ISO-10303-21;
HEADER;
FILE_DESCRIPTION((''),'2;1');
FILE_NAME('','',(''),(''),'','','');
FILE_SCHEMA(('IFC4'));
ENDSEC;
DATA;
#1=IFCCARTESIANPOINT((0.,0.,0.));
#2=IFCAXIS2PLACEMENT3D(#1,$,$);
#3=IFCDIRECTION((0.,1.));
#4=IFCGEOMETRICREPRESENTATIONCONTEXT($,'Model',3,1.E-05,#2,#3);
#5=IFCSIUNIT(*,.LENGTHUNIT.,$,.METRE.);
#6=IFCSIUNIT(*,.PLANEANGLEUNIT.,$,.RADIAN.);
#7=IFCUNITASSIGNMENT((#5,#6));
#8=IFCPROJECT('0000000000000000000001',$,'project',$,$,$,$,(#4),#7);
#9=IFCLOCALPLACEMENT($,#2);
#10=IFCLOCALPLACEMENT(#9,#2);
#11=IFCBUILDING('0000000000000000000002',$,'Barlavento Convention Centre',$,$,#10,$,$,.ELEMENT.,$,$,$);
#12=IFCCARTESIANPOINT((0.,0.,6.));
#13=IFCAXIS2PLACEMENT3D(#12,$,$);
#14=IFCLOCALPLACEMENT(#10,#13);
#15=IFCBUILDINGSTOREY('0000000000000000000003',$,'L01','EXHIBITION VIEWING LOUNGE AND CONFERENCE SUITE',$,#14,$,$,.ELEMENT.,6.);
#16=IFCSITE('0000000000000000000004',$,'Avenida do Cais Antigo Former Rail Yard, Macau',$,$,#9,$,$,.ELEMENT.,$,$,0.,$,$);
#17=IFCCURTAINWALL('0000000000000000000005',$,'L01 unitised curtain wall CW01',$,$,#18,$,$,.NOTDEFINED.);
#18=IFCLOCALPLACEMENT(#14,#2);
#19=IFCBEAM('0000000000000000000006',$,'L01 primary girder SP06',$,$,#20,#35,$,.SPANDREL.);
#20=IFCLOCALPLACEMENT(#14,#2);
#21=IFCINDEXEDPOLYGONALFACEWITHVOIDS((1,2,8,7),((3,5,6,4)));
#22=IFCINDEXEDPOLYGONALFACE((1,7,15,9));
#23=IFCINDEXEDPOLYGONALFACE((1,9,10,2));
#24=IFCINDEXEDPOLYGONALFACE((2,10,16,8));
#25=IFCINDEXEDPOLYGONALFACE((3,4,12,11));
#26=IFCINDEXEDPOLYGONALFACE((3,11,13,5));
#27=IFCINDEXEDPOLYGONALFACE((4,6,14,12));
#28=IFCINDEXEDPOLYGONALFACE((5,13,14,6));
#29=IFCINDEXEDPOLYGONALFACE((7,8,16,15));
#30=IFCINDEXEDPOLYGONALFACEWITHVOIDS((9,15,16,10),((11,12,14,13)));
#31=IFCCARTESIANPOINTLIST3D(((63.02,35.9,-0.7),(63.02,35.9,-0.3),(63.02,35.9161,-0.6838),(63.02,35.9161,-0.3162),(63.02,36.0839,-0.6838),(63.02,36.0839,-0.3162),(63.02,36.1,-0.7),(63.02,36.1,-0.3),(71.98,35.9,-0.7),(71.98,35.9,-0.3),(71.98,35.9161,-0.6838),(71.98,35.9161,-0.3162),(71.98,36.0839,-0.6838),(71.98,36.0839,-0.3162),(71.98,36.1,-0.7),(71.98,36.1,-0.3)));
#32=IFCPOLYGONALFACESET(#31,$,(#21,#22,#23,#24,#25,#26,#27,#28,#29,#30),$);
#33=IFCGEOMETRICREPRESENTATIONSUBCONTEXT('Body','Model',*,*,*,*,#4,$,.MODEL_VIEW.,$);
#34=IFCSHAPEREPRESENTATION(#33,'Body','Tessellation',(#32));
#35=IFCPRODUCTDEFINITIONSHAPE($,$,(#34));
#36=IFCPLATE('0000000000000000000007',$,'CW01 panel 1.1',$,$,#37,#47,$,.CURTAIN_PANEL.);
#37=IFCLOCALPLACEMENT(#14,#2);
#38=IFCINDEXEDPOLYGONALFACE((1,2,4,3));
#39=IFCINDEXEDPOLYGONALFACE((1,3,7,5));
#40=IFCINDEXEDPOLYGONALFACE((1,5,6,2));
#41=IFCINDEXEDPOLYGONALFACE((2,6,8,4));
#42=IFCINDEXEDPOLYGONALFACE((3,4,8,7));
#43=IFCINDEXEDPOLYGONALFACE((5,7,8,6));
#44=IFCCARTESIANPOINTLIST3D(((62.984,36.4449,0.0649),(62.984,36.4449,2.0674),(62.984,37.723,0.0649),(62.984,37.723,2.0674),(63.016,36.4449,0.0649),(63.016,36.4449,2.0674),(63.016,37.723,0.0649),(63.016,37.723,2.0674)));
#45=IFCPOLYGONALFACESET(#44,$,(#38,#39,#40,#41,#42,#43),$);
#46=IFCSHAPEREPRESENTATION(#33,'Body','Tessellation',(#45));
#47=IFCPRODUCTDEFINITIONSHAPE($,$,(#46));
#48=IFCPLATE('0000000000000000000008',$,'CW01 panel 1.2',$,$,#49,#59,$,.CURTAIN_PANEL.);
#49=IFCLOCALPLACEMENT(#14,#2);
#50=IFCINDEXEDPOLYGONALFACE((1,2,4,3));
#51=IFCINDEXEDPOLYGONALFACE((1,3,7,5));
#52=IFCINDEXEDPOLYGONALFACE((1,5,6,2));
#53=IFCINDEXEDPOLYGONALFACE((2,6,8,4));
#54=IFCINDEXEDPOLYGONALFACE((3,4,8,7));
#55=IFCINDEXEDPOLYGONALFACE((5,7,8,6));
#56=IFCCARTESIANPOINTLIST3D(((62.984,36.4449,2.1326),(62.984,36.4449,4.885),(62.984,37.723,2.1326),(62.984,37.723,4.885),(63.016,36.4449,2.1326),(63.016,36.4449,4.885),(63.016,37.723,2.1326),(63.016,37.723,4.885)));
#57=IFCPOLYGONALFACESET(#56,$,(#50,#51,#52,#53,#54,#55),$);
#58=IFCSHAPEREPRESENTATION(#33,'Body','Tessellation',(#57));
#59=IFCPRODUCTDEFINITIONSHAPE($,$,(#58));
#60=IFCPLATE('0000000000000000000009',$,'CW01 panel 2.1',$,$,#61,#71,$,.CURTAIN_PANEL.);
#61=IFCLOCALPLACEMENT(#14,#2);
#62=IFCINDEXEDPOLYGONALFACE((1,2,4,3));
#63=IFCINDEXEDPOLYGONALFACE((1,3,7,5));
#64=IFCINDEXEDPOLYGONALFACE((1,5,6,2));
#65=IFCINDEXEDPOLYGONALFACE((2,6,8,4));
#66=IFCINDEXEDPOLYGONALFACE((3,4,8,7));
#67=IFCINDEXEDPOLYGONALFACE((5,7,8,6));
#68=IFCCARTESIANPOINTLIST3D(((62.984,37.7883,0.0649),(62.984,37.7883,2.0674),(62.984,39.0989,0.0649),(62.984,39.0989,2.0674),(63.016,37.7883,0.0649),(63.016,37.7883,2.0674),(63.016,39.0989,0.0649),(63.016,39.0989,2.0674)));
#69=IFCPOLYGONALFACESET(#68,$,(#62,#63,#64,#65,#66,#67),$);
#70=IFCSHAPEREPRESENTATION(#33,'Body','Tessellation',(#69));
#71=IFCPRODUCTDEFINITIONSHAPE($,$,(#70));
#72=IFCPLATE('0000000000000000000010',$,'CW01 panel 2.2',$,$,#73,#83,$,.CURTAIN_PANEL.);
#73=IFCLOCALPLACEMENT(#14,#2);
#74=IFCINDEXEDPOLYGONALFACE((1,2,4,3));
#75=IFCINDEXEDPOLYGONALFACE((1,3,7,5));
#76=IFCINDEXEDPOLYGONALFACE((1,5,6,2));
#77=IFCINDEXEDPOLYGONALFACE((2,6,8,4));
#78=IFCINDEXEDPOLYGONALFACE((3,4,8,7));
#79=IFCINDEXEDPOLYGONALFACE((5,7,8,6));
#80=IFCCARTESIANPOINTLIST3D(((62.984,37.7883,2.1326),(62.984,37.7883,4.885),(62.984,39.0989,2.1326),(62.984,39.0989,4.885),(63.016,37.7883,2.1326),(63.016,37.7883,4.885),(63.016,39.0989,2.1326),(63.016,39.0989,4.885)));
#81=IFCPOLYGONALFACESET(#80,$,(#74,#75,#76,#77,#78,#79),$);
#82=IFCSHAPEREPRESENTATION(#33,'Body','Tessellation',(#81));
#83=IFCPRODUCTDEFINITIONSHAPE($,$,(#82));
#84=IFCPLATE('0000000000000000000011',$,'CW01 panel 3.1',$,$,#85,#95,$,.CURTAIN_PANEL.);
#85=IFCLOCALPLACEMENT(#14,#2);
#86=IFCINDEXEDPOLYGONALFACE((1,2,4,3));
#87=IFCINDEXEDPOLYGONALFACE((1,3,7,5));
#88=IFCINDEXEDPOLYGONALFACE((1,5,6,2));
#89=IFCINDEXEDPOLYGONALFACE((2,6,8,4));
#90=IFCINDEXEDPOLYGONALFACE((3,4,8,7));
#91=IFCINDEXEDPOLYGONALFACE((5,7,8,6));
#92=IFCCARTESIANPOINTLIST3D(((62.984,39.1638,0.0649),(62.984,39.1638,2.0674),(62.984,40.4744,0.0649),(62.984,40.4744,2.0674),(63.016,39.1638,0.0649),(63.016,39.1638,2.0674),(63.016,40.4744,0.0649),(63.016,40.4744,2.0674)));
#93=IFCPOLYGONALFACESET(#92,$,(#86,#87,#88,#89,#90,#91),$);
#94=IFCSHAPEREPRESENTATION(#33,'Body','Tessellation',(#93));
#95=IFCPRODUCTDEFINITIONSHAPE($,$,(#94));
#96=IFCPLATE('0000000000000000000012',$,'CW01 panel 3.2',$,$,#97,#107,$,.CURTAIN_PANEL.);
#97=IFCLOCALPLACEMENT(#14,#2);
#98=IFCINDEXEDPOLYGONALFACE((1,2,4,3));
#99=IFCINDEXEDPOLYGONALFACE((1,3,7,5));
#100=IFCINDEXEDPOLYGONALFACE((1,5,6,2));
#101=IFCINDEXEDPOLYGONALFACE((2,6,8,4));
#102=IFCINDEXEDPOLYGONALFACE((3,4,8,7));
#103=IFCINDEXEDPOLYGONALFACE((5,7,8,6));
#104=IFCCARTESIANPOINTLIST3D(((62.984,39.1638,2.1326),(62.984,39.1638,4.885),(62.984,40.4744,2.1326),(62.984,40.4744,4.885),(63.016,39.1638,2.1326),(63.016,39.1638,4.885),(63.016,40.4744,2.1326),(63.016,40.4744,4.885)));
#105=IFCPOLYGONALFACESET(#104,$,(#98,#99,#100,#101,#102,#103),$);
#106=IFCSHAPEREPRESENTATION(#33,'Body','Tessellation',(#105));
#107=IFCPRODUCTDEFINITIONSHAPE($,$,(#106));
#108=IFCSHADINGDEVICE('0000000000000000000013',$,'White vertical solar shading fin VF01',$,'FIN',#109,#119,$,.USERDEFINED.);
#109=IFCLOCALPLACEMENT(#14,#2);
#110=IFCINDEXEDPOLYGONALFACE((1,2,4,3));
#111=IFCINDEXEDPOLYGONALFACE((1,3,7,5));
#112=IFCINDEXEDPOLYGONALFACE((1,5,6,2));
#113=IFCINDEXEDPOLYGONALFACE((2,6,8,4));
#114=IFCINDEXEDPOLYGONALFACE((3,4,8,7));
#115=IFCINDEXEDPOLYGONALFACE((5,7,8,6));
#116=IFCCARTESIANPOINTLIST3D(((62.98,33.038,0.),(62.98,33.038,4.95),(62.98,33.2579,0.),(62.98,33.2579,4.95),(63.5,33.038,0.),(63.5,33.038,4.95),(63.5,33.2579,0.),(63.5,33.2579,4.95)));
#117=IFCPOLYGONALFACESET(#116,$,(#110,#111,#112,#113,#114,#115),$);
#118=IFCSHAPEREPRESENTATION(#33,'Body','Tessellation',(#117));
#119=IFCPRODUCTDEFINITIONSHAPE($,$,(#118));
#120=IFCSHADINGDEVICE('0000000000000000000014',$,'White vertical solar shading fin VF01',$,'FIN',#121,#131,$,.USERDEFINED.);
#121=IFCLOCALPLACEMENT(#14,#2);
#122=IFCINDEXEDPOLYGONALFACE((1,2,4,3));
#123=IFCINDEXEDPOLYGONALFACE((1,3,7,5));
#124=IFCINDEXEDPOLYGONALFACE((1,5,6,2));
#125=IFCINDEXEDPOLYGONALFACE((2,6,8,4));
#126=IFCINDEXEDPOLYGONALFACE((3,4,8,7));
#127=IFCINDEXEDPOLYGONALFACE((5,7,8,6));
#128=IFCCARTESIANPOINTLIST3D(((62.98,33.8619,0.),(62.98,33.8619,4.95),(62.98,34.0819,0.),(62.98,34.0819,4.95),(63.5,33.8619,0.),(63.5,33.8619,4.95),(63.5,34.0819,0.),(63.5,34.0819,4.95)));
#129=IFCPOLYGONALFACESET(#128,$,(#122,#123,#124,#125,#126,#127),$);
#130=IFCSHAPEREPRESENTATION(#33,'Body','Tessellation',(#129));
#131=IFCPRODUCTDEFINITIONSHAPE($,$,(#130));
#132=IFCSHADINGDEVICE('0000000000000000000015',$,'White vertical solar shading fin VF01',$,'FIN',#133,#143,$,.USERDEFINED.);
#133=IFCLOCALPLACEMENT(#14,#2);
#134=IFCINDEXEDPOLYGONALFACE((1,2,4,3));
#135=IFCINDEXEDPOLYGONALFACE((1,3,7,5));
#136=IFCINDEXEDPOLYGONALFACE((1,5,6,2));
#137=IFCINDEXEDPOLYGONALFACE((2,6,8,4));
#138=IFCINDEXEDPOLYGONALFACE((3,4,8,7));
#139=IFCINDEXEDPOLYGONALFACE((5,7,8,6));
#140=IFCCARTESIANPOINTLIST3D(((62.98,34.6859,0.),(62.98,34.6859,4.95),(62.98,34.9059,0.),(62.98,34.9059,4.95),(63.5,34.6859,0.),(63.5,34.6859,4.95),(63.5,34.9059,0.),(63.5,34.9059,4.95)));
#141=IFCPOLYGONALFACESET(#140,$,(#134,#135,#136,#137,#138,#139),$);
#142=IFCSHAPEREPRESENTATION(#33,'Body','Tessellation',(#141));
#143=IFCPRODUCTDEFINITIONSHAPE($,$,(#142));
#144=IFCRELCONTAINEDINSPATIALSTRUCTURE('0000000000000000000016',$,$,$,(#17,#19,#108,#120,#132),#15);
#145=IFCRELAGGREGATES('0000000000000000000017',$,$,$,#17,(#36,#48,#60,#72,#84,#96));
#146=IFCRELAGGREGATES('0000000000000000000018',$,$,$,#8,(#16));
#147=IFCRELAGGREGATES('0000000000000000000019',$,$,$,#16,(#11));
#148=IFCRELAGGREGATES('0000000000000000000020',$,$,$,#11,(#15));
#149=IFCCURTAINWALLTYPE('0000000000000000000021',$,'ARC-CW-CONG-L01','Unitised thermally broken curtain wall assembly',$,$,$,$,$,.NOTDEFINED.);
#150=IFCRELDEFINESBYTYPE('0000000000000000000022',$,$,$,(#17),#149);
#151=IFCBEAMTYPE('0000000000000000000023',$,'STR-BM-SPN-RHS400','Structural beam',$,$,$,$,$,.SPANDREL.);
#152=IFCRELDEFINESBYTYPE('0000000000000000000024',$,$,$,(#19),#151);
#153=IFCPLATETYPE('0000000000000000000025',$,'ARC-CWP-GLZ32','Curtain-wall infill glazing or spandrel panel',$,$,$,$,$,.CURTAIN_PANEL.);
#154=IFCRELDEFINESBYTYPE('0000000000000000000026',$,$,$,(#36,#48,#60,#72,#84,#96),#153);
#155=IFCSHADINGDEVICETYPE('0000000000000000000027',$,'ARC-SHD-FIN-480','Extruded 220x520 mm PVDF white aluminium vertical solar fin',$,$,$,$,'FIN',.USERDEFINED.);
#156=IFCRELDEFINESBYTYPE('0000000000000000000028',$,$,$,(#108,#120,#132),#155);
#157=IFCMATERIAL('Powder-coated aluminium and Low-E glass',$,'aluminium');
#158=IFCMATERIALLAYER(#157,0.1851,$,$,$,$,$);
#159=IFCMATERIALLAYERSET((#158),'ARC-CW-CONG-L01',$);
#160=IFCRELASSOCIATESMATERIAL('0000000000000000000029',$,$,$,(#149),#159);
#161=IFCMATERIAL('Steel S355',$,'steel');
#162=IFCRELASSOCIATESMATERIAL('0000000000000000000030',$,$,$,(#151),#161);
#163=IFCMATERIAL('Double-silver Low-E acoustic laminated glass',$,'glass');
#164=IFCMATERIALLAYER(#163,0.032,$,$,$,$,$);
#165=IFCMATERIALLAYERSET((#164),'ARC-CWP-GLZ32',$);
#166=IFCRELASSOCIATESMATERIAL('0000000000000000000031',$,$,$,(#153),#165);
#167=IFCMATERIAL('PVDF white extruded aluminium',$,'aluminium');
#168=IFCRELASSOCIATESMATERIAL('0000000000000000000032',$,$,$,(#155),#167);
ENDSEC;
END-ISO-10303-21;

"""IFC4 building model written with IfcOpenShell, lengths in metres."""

from ifc_helpers import new_model, si_unit, direction, frame, origin, origin_2d, place, context, subcontext, project, spatial, rectangle, hollow_rectangle, extrude, material, layer, layer_set, material_profile, profile_set, type_object, element, aggregate, save


model = new_model("IFC4")

# Units and contexts
model_context = context("Model", 3, precision=1e-05, world=origin(), true_north=direction((0.0, 1.0)))
body_context = subcontext(model_context, "Body", "Model", "MODEL_VIEW")
ifc_project = project(units=[si_unit("LENGTHUNIT", "METRE"), si_unit("PLANEANGLEUNIT", "RADIAN")], contexts=[model_context])

# Site, building, storey
site_placement = place(None, origin())
site = spatial("IfcSite", under=ifc_project, at=site_placement, Name="Avenida do Cais Antigo Former Rail Yard, Macau", CompositionType="ELEMENT", RefElevation=0.0)
building_placement = place(site_placement, origin())
building = spatial("IfcBuilding", under=site, at=building_placement, Name="Barlavento Convention Centre", CompositionType="ELEMENT")
storey_placement = place(building_placement, frame((0.0, 0.0, 6.0)))
storey = spatial("IfcBuildingStorey", under=building, at=storey_placement, Name="L01", Description="EXHIBITION VIEWING LOUNGE AND CONFERENCE SUITE", CompositionType="ELEMENT", Elevation=6.0)

# Curtain wall
ifc_material_1 = material(Name="Powder-coated aluminium and Low-E glass", Category="aluminium")
ifc_layer_1 = layer(ifc_material_1, 0.1851)
ifc_layer_set_1 = layer_set([ifc_layer_1], Name="ARC-CW-CONG-L01")
curtain_wall_type = type_object("IfcCurtainWallType", Name="ARC-CW-CONG-L01", Description="Unitised thermally broken curtain wall assembly", PredefinedType="NOTDEFINED", material=ifc_layer_set_1)
curtain_wall_placement = place(storey_placement, origin())
curtain_wall = element("IfcCurtainWall", 1, at=curtain_wall_placement, inside=storey, type_object=curtain_wall_type, Name="L01 unitised curtain wall CW01", PredefinedType="NOTDEFINED")

# Beam
ifc_material_2 = material(Name="Steel S355", Category="steel")
ifc_material_profile_1 = material_profile(ifc_material_2, hollow_rectangle(XDim=0.2, YDim=0.3999, WallThickness=0.0161, at=origin_2d()), Name="RHS 400x200x16.0")
ifc_profile_set_1 = profile_set([ifc_material_profile_1], Name="Steel S355")
beam_type = type_object("IfcBeamType", Name="STR-BM-SPN-RHS400", Description="Structural beam", PredefinedType="SPANDREL", material=ifc_profile_set_1)
beam_placement = place(storey_placement, frame((63.02, 36.0, -0.5), z_axis=(1.0, 0.0, 0.0), x_axis=(0.0, 1.0, 0.0)))
element("IfcBeam", 2, at=beam_placement, inside=storey, type_object=beam_type, Name="L01 primary girder SP06", PredefinedType="SPANDREL", context=body_context, shape_type="SweptSolid", body=[
    extrude(hollow_rectangle(XDim=0.2, YDim=0.3999, WallThickness=0.0161, at=origin_2d()), origin(), (0.0, 0.0, 1.0), 8.96),
])

# Plates
ifc_material_3 = material(Name="Double-silver Low-E acoustic laminated glass", Category="glass")
ifc_layer_2 = layer(ifc_material_3, 0.032)
ifc_layer_set_2 = layer_set([ifc_layer_2], Name="ARC-CWP-GLZ32")
plate_type = type_object("IfcPlateType", Name="ARC-CWP-GLZ32", Description="Curtain-wall infill glazing or spandrel panel", PredefinedType="CURTAIN_PANEL", material=ifc_layer_set_2)
plate_1_placement = place(storey_placement, frame((63.0, 37.084, 0.0649), z_axis=(0.0, 0.0, 1.0), x_axis=(0.0, 1.0, 0.0)))
plate_1 = element("IfcPlate", 3, at=plate_1_placement, type_object=plate_type, Name="CW01 panel 1.1", PredefinedType="CURTAIN_PANEL", context=body_context, shape_type="SweptSolid", body=[
    extrude(rectangle(XDim=1.2781, YDim=0.032, at=origin_2d()), origin(), (0.0, 0.0, 1.0), 2.0024),
])
plate_2_placement = place(storey_placement, frame((63.0, 37.084, 2.1326), z_axis=(0.0, 0.0, 1.0), x_axis=(0.0, 1.0, 0.0)))
plate_2 = element("IfcPlate", 4, at=plate_2_placement, type_object=plate_type, Name="CW01 panel 1.2", PredefinedType="CURTAIN_PANEL", context=body_context, shape_type="SweptSolid", body=[
    extrude(rectangle(XDim=1.2781, YDim=0.032, at=origin_2d()), origin(), (0.0, 0.0, 1.0), 2.7524),
])
plate_3_placement = place(storey_placement, frame((63.0, 38.4436, 0.0649), z_axis=(0.0, 0.0, 1.0), x_axis=(0.0, 1.0, 0.0)))
plate_3 = element("IfcPlate", 5, at=plate_3_placement, type_object=plate_type, Name="CW01 panel 2.1", PredefinedType="CURTAIN_PANEL", context=body_context, shape_type="SweptSolid", body=[
    extrude(rectangle(XDim=1.3105, YDim=0.032, at=origin_2d()), origin(), (0.0, 0.0, 1.0), 2.0024),
])
plate_4_placement = place(storey_placement, frame((63.0, 38.4436, 2.1326), z_axis=(0.0, 0.0, 1.0), x_axis=(0.0, 1.0, 0.0)))
plate_4 = element("IfcPlate", 6, at=plate_4_placement, type_object=plate_type, Name="CW01 panel 2.2", PredefinedType="CURTAIN_PANEL", context=body_context, shape_type="SweptSolid", body=[
    extrude(rectangle(XDim=1.3105, YDim=0.032, at=origin_2d()), origin(), (0.0, 0.0, 1.0), 2.7524),
])
plate_5_placement = place(storey_placement, frame((63.0, 39.8191, 0.0649), z_axis=(0.0, 0.0, 1.0), x_axis=(0.0, 1.0, 0.0)))
plate_5 = element("IfcPlate", 7, at=plate_5_placement, type_object=plate_type, Name="CW01 panel 3.1", PredefinedType="CURTAIN_PANEL", context=body_context, shape_type="SweptSolid", body=[
    extrude(rectangle(XDim=1.3105, YDim=0.032, at=origin_2d()), origin(), (0.0, 0.0, 1.0), 2.0024),
])
plate_6_placement = place(storey_placement, frame((63.0, 39.8191, 2.1326), z_axis=(0.0, 0.0, 1.0), x_axis=(0.0, 1.0, 0.0)))
plate_6 = element("IfcPlate", 8, at=plate_6_placement, type_object=plate_type, Name="CW01 panel 3.2", PredefinedType="CURTAIN_PANEL", context=body_context, shape_type="SweptSolid", body=[
    extrude(rectangle(XDim=1.3105, YDim=0.032, at=origin_2d()), origin(), (0.0, 0.0, 1.0), 2.7524),
])
aggregate(curtain_wall, [plate_1, plate_2, plate_3, plate_4, plate_5, plate_6])

# Shading devices
ifc_material_4 = material(Name="PVDF white extruded aluminium", Category="aluminium")
shading_device_type = type_object("IfcShadingDeviceType", Name="ARC-SHD-FIN-480", Description="Extruded 220x520 mm PVDF white aluminium vertical solar fin", ElementType="FIN", PredefinedType="USERDEFINED", material=ifc_material_4)
for number, where, z_axis, x_axis, name in (
    (9, (63.24, 33.1479, 0.0), (0.0, 0.0, 1.0), (0.0, 1.0, 0.0), "White vertical solar shading fin VF01"),
    (10, (63.24, 33.9719, 0.0), (0.0, 0.0, 1.0), (0.0, 1.0, 0.0), "White vertical solar shading fin VF01"),
    (11, (63.24, 34.7959, 0.0), (0.0, 0.0, 1.0), (0.0, 1.0, 0.0), "White vertical solar shading fin VF01"),
):
    element("IfcShadingDevice", number, at=place(storey_placement, frame(where, z_axis=z_axis, x_axis=x_axis)), inside=storey, type_object=shading_device_type, Name=name, ObjectType="FIN", PredefinedType="USERDEFINED", context=body_context, shape_type="SweptSolid", body=[
        extrude(rectangle(XDim=0.22, YDim=0.52, at=origin_2d()), origin(), (0.0, 0.0, 1.0), 4.95),
    ])

save(model, "model.ifc")
